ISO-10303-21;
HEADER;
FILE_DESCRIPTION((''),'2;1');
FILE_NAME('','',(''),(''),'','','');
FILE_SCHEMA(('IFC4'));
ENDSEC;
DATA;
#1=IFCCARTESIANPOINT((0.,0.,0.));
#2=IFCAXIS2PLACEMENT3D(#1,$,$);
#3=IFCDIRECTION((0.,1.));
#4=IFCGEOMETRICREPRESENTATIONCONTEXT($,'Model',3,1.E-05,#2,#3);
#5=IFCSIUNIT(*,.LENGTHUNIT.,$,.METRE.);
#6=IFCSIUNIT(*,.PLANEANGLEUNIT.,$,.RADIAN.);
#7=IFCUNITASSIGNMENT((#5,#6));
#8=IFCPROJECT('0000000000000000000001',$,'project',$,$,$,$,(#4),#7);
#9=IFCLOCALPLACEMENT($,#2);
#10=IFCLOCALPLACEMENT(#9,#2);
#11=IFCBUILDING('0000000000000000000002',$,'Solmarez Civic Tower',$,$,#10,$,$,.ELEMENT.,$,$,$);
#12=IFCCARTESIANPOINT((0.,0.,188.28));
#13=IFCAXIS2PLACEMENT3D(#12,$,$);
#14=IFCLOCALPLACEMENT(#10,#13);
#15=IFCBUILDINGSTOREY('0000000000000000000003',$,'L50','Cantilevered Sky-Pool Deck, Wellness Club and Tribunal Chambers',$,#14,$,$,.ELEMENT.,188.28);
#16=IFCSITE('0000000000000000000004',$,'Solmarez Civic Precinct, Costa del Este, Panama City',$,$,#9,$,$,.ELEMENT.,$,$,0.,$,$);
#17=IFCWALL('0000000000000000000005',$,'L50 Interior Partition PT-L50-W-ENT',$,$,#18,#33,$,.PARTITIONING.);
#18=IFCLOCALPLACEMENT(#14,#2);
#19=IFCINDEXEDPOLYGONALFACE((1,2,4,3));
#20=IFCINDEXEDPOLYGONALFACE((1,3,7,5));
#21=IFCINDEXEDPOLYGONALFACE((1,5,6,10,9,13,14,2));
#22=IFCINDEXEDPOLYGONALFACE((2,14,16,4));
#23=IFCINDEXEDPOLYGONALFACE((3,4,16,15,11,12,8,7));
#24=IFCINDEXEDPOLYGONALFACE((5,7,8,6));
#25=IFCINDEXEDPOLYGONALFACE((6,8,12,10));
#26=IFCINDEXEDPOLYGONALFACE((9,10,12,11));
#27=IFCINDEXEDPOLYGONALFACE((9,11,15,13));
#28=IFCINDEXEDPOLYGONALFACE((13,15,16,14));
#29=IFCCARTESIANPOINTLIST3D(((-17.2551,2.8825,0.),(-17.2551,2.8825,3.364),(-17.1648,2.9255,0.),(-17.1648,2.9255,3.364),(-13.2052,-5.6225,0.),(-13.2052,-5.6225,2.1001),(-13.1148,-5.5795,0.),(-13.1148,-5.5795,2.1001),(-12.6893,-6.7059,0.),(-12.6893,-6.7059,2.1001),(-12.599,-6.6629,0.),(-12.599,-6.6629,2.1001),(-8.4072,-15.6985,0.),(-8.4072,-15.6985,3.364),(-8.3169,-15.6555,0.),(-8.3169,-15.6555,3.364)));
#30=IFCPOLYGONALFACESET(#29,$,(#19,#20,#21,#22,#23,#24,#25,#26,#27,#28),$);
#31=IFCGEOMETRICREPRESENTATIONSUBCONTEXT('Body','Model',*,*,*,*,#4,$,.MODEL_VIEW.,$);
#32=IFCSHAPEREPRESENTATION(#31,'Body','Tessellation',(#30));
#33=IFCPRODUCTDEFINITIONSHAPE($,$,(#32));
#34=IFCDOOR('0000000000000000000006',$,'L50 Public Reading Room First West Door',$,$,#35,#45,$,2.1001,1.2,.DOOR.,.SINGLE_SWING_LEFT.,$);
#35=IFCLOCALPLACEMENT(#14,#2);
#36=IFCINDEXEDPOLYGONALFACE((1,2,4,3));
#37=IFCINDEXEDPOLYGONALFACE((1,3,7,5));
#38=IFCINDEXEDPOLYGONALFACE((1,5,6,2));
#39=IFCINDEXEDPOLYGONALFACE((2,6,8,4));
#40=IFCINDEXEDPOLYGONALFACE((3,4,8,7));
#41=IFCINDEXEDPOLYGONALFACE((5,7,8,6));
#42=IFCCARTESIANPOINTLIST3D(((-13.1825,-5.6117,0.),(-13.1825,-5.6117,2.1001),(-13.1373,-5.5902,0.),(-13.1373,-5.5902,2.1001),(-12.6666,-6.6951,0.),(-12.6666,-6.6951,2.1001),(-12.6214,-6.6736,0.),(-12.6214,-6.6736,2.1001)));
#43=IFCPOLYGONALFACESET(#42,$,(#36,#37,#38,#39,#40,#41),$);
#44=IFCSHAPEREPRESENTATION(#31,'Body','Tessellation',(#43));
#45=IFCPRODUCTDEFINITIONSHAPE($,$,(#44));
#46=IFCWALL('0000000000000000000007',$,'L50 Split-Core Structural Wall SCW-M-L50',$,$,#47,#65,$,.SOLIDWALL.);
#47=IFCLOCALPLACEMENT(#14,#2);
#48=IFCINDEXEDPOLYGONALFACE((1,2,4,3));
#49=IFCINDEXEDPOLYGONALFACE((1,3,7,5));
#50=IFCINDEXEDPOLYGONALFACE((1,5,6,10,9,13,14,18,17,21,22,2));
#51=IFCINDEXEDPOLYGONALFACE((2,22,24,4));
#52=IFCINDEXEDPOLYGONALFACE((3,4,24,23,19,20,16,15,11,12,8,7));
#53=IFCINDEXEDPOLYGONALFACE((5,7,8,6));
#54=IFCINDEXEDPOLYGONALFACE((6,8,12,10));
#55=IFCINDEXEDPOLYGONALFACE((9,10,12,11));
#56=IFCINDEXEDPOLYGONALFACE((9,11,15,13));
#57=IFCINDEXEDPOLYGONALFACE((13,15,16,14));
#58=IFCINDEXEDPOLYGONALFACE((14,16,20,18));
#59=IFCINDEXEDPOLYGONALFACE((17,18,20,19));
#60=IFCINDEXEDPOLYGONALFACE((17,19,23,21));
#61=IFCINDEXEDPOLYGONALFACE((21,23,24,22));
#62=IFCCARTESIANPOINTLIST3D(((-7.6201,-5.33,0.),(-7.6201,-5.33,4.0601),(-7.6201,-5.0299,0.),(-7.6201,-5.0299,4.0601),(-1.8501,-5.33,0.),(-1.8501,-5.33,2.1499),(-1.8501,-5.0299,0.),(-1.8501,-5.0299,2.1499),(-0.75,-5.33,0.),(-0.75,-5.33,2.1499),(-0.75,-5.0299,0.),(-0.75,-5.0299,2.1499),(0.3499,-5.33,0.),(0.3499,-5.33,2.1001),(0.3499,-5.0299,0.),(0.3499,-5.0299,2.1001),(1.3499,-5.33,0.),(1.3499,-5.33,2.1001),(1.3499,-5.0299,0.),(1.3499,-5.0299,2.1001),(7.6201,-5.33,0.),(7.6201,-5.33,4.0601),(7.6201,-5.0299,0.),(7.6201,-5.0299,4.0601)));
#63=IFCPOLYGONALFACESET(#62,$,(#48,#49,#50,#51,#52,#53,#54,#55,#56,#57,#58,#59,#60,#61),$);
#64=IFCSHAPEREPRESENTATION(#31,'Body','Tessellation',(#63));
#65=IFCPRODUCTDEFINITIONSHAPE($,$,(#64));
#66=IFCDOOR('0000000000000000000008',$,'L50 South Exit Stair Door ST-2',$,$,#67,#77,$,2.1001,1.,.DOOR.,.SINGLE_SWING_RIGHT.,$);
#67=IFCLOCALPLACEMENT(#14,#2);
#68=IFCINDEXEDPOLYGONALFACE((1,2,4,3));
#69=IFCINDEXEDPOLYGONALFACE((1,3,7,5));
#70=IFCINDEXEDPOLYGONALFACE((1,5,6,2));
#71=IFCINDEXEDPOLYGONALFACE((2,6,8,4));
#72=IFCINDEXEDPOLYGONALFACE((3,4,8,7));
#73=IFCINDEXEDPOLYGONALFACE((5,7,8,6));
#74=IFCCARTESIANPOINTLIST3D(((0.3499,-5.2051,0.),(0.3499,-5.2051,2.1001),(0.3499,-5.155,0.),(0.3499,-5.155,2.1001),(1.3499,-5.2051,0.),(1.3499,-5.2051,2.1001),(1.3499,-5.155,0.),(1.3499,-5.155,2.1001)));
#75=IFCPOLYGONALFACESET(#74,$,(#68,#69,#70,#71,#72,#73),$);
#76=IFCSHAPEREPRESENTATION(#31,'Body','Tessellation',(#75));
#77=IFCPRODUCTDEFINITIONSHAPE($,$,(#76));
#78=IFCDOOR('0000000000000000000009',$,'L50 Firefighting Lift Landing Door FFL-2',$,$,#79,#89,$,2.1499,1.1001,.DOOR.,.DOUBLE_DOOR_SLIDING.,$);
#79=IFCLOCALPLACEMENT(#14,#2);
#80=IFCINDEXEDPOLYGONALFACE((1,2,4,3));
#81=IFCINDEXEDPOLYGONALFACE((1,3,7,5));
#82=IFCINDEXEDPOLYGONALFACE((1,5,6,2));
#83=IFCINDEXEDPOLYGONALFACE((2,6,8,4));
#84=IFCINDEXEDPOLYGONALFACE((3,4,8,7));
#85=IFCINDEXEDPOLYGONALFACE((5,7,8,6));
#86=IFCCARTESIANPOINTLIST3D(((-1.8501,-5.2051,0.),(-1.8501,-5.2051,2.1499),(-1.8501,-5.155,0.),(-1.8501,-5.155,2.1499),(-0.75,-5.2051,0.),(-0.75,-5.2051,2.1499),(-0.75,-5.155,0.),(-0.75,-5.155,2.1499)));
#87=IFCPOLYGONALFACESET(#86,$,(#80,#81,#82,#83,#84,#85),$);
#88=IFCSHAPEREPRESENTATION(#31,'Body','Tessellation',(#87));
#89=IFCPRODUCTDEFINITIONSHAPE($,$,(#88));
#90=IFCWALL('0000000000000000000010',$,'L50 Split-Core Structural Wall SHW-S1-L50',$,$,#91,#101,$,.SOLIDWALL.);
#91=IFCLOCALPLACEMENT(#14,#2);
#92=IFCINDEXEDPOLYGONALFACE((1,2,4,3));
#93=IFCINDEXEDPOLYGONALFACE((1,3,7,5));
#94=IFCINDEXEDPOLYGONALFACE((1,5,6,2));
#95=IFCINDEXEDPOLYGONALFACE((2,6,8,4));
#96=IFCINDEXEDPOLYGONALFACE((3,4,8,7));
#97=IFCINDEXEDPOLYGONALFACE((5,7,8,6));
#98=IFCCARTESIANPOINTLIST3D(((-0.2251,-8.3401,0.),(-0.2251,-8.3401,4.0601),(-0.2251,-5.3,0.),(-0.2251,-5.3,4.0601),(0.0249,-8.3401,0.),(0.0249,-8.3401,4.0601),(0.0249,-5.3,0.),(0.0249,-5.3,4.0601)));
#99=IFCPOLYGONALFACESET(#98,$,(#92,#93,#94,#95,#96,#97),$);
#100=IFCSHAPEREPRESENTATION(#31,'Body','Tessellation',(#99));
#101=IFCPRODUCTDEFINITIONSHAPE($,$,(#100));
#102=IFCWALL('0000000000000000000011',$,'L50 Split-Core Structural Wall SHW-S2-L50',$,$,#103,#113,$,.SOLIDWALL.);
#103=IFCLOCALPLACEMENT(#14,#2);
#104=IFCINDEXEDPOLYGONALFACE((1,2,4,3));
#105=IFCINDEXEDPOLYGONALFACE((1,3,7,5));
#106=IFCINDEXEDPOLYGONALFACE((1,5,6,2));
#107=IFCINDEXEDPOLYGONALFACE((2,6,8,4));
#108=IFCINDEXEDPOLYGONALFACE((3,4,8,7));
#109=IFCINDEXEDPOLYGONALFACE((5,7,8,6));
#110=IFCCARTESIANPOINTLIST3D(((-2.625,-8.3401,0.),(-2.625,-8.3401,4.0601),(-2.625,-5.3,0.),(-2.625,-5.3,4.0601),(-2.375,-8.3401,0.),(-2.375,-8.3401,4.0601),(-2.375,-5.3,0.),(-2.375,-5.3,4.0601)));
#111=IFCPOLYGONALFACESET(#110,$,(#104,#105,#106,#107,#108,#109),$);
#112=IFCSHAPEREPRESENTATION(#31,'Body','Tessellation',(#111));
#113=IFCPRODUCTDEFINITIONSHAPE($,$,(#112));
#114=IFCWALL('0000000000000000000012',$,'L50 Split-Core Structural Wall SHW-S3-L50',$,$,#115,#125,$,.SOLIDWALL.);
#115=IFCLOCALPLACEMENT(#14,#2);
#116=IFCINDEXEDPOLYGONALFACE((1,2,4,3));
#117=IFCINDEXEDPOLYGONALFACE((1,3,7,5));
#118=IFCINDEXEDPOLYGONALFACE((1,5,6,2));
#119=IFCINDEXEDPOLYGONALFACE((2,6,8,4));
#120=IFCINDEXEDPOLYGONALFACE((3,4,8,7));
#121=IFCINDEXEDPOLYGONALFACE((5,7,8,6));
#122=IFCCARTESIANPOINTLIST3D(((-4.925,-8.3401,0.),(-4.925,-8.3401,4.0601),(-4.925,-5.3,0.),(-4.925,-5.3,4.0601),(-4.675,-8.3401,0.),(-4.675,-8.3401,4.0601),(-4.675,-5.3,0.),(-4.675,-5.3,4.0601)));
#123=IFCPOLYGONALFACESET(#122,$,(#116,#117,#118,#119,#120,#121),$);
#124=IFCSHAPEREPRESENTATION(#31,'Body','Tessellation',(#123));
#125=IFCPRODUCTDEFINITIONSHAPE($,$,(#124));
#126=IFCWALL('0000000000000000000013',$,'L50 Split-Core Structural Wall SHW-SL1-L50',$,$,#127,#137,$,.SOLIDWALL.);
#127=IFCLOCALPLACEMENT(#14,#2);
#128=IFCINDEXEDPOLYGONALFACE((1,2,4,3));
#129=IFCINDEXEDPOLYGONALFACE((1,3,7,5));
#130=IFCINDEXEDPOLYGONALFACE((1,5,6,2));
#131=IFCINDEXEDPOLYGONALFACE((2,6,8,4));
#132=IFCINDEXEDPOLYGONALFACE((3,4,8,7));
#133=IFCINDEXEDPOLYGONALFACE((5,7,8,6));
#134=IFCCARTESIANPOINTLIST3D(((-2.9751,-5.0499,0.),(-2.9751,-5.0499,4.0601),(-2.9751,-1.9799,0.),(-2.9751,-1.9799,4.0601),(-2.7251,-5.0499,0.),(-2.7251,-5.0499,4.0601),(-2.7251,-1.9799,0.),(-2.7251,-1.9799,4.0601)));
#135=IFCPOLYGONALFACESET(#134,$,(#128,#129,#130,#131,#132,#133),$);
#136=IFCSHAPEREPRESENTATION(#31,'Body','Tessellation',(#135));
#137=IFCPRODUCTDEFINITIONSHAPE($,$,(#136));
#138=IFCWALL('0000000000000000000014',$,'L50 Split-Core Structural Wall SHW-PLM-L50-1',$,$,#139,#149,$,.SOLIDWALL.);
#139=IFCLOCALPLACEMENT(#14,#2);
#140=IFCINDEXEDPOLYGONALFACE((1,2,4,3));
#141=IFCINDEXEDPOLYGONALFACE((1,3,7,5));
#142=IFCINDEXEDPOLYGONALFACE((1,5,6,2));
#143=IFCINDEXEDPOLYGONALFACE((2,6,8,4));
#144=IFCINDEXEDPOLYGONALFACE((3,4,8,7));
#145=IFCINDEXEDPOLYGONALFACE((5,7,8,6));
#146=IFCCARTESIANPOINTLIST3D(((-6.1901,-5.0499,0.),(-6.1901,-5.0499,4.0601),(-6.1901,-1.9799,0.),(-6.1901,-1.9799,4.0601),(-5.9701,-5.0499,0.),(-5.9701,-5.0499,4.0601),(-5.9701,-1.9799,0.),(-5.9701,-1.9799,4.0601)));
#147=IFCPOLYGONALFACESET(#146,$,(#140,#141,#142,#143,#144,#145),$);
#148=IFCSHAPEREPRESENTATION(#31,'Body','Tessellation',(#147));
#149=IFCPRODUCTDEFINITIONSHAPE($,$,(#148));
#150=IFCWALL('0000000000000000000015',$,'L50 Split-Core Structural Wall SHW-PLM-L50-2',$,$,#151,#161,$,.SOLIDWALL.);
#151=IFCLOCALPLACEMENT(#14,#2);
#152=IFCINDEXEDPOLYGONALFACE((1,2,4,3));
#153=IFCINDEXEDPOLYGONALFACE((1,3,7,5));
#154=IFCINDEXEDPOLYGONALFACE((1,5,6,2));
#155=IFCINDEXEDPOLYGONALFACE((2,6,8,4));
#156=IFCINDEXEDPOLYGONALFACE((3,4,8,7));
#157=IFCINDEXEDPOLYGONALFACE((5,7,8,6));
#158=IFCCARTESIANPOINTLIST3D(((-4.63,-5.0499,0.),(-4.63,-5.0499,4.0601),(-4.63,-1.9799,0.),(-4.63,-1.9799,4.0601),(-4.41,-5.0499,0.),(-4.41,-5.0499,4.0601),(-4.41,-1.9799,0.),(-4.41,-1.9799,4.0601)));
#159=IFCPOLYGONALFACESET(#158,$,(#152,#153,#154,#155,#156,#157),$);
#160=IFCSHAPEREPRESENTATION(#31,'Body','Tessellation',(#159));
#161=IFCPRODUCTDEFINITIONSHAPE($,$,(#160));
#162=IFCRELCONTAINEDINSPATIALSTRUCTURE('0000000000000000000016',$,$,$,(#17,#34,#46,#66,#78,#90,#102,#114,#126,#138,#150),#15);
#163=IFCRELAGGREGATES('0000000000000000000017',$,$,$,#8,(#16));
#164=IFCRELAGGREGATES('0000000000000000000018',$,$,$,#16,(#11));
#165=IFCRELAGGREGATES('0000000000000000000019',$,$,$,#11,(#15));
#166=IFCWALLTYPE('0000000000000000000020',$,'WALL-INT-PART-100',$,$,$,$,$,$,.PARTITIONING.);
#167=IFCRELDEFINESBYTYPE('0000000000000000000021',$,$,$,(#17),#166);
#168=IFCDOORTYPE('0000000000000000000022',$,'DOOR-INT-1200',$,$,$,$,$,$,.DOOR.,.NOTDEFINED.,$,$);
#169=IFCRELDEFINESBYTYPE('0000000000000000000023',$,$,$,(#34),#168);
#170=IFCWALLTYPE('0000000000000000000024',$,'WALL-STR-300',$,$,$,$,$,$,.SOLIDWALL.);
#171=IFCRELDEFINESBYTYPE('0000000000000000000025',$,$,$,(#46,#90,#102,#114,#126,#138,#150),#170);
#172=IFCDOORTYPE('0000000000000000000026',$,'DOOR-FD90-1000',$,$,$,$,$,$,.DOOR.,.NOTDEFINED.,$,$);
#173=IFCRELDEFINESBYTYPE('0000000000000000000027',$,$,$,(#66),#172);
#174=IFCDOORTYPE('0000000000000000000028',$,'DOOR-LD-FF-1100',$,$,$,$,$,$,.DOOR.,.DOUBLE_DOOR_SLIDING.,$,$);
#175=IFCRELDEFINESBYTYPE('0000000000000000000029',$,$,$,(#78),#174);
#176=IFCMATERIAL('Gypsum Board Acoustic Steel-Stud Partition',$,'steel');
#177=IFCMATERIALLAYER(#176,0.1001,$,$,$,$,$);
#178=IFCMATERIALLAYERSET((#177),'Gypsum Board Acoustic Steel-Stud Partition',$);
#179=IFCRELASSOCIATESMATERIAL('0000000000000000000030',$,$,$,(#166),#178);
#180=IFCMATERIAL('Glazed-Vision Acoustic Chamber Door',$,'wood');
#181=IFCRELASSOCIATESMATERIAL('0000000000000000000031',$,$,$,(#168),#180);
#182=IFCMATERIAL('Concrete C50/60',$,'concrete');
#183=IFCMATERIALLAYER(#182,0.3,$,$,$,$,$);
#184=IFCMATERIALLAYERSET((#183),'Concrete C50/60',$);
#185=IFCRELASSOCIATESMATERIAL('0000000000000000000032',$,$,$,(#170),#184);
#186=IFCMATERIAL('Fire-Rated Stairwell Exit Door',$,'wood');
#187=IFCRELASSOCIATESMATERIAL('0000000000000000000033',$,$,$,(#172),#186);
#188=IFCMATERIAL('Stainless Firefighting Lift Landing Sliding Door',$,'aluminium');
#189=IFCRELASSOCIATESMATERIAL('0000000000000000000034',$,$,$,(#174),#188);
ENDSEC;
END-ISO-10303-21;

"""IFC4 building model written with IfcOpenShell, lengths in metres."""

from ifc_helpers import new_model, si_unit, direction, frame, frame_2d, origin, place, context, subcontext, project, spatial, rectangle, extrude, material, layer, layer_set, type_object, element, fill, save


model = new_model("IFC4")

# Units and contexts
model_context = context("Model", 3, precision=1e-05, world=origin(), true_north=direction((0.0, 1.0)))
body_context = subcontext(model_context, "Body", "Model", "MODEL_VIEW")
ifc_project = project(units=[si_unit("LENGTHUNIT", "METRE"), si_unit("PLANEANGLEUNIT", "RADIAN")], contexts=[model_context])

# Site, building, storey
site_placement = place(None, origin())
site = spatial("IfcSite", under=ifc_project, at=site_placement, Name="Solmarez Civic Precinct, Costa del Este, Panama City", CompositionType="ELEMENT", RefElevation=0.0)
building_placement = place(site_placement, origin())
building = spatial("IfcBuilding", under=site, at=building_placement, Name="Solmarez Civic Tower", CompositionType="ELEMENT")
storey_placement = place(building_placement, frame((0.0, 0.0, 188.28)))
storey = spatial("IfcBuildingStorey", under=building, at=storey_placement, Name="L50", Description="Cantilevered Sky-Pool Deck, Wellness Club and Tribunal Chambers", CompositionType="ELEMENT", Elevation=188.28)

# Shared definitions
ifc_material_1 = material(Name="Concrete C50/60", Category="concrete")

# Shared definitions
ifc_material_2 = material(Name="Gypsum Board Acoustic Steel-Stud Partition", Category="steel")
ifc_layer_1 = layer(ifc_material_2, 0.1001)
ifc_layer_set_1 = layer_set([ifc_layer_1], Name="Gypsum Board Acoustic Steel-Stud Partition")
wall_type_1 = type_object("IfcWallType", Name="WALL-INT-PART-100", PredefinedType="PARTITIONING", material=ifc_layer_set_1)

# Wall, opening, door
wall_1_placement = place(storey_placement, frame((-8.3621, -15.677, 0.0), z_axis=(0.0, 0.0, 1.0), x_axis=(-0.429925, 0.902865, 0.0)))
wall_1 = element("IfcWall", 1, at=wall_1_placement, inside=storey, type_object=wall_type_1, Name="L50 Interior Partition PT-L50-W-ENT", PredefinedType="PARTITIONING", context=body_context, shape_type="SweptSolid", body=[
    extrude(rectangle(XDim=20.5801, YDim=0.1001, at=frame_2d((10.29, 0.0))), origin(), (0.0, 0.0, 1.0), 3.364),
])
opening_1_placement = place(wall_1_placement, frame((9.96, 0.0, 0.0)))
opening_1 = element("IfcOpeningElement", 2, at=opening_1_placement, cuts=wall_1, PredefinedType="OPENING", context=body_context, shape_type="SweptSolid", body=[
    extrude(rectangle(XDim=1.2, YDim=2.1001, at=frame_2d((0.6001, 1.05))), frame((0.0, 0.0601, 0.0), z_axis=(0.0, -1.0, 0.0), x_axis=(1.0, 0.0, 0.0)), (0.0, 0.0, 1.0), 0.1201),
])
ifc_material_3 = material(Name="Glazed-Vision Acoustic Chamber Door", Category="wood")
door_type_1 = type_object("IfcDoorType", Name="DOOR-INT-1200", OperationType="NOTDEFINED", PredefinedType="DOOR", material=ifc_material_3)
door_1_placement = place(opening_1_placement, origin())
door_1 = element("IfcDoor", 3, at=door_1_placement, inside=storey, type_object=door_type_1, Name="L50 Public Reading Room First West Door", OperationType="SINGLE_SWING_LEFT", OverallHeight=2.1001, OverallWidth=1.2, PredefinedType="DOOR", context=body_context, shape_type="SweptSolid", body=[
    extrude(rectangle(XDim=1.2, YDim=2.1001, at=frame_2d((0.6001, 1.05))), frame((0.0, 0.0249, 0.0), z_axis=(0.0, -1.0, 0.0), x_axis=(1.0, 0.0, 0.0)), (0.0, 0.0, 1.0), 0.05),
])
fill(opening_1, door_1)

# Wall, openings, doors
ifc_layer_2 = layer(ifc_material_1, 0.3)
ifc_layer_set_2 = layer_set([ifc_layer_2], Name="Concrete C50/60")
wall_type_2 = type_object("IfcWallType", Name="WALL-STR-300", PredefinedType="SOLIDWALL", material=ifc_layer_set_2)
wall_2_placement = place(storey_placement, frame((-7.6201, -5.1799, 0.0), z_axis=(0.0, 0.0, 1.0), x_axis=(1.0, 0.0, 0.0)))
wall_2 = element("IfcWall", 4, at=wall_2_placement, inside=storey, type_object=wall_type_2, Name="L50 Split-Core Structural Wall SCW-M-L50", PredefinedType="SOLIDWALL", context=body_context, shape_type="SweptSolid", body=[
    extrude(rectangle(XDim=15.2402, YDim=0.3, at=frame_2d((7.6201, 0.0))), origin(), (0.0, 0.0, 1.0), 4.0601),
])
opening_2_placement = place(wall_2_placement, frame((5.77, 0.0, 0.0)))
opening_2 = element("IfcOpeningElement", 5, at=opening_2_placement, cuts=wall_2, PredefinedType="OPENING", context=body_context, shape_type="SweptSolid", body=[
    extrude(rectangle(XDim=1.1001, YDim=2.1499, at=frame_2d((0.55, 1.075))), frame((0.0, 0.1599, 0.0), z_axis=(0.0, -1.0, 0.0), x_axis=(1.0, 0.0, 0.0)), (0.0, 0.0, 1.0), 0.3201),
])
opening_3_placement = place(wall_2_placement, frame((7.97, 0.0, 0.0)))
opening_3 = element("IfcOpeningElement", 6, at=opening_3_placement, cuts=wall_2, PredefinedType="OPENING", context=body_context, shape_type="SweptSolid", body=[
    extrude(rectangle(XDim=1.0, YDim=2.1001, at=frame_2d((0.5, 1.05))), frame((0.0, 0.1599, 0.0), z_axis=(0.0, -1.0, 0.0), x_axis=(1.0, 0.0, 0.0)), (0.0, 0.0, 1.0), 0.3201),
])
ifc_material_4 = material(Name="Fire-Rated Stairwell Exit Door", Category="wood")
door_type_2 = type_object("IfcDoorType", Name="DOOR-FD90-1000", OperationType="NOTDEFINED", PredefinedType="DOOR", material=ifc_material_4)
door_2_placement = place(opening_3_placement, origin())
door_2 = element("IfcDoor", 7, at=door_2_placement, inside=storey, type_object=door_type_2, Name="L50 South Exit Stair Door ST-2", OperationType="SINGLE_SWING_RIGHT", OverallHeight=2.1001, OverallWidth=1.0, PredefinedType="DOOR", context=body_context, shape_type="SweptSolid", body=[
    extrude(rectangle(XDim=1.0, YDim=2.1001, at=frame_2d((0.5, 1.05))), frame((0.0, 0.0249, 0.0), z_axis=(0.0, -1.0, 0.0), x_axis=(1.0, 0.0, 0.0)), (0.0, 0.0, 1.0), 0.05),
])
fill(opening_3, door_2)
ifc_material_5 = material(Name="Stainless Firefighting Lift Landing Sliding Door", Category="aluminium")
door_type_3 = type_object("IfcDoorType", Name="DOOR-LD-FF-1100", OperationType="DOUBLE_DOOR_SLIDING", PredefinedType="DOOR", material=ifc_material_5)
door_3_placement = place(opening_2_placement, origin())
door_3 = element("IfcDoor", 8, at=door_3_placement, inside=storey, type_object=door_type_3, Name="L50 Firefighting Lift Landing Door FFL-2", OperationType="DOUBLE_DOOR_SLIDING", OverallHeight=2.1499, OverallWidth=1.1001, PredefinedType="DOOR", context=body_context, shape_type="SweptSolid", body=[
    extrude(rectangle(XDim=1.1001, YDim=2.1499, at=frame_2d((0.55, 1.075))), frame((0.0, 0.0249, 0.0), z_axis=(0.0, -1.0, 0.0), x_axis=(1.0, 0.0, 0.0)), (0.0, 0.0, 1.0), 0.05),
])
fill(opening_2, door_3)

# Walls
for number, where, z_axis, x_axis, name in (
    (9, (-0.1001, -8.3401, 0.0), (0.0, 0.0, 1.0), (0.0, 1.0, 0.0), "L50 Split-Core Structural Wall SHW-S1-L50"),
    (10, (-2.5, -8.3401, 0.0), (0.0, 0.0, 1.0), (0.0, 1.0, 0.0), "L50 Split-Core Structural Wall SHW-S2-L50"),
    (11, (-4.8, -8.3401, 0.0), (0.0, 0.0, 1.0), (0.0, 1.0, 0.0), "L50 Split-Core Structural Wall SHW-S3-L50"),
):
    element("IfcWall", number, at=place(storey_placement, frame(where, z_axis=z_axis, x_axis=x_axis)), inside=storey, type_object=wall_type_2, Name=name, PredefinedType="SOLIDWALL", context=body_context, shape_type="SweptSolid", body=[
        extrude(rectangle(XDim=3.04, YDim=0.25, at=frame_2d((1.52, 0.0))), origin(), (0.0, 0.0, 1.0), 4.0601),
    ])
wall_3_placement = place(storey_placement, frame((-2.8501, -5.05, 0.0), z_axis=(0.0, 0.0, 1.0), x_axis=(0.0, 1.0, 0.0)))
element("IfcWall", 12, at=wall_3_placement, inside=storey, type_object=wall_type_2, Name="L50 Split-Core Structural Wall SHW-SL1-L50", PredefinedType="SOLIDWALL", context=body_context, shape_type="SweptSolid", body=[
    extrude(rectangle(XDim=3.0701, YDim=0.25, at=frame_2d((1.5352, 0.0))), origin(), (0.0, 0.0, 1.0), 4.0601),
])
for number, where, z_axis, x_axis, name in (
    (13, (-6.0801, -5.05, 0.0), (0.0, 0.0, 1.0), (0.0, 1.0, 0.0), "L50 Split-Core Structural Wall SHW-PLM-L50-1"),
    (14, (-4.52, -5.05, 0.0), (0.0, 0.0, 1.0), (0.0, 1.0, 0.0), "L50 Split-Core Structural Wall SHW-PLM-L50-2"),
):
    element("IfcWall", number, at=place(storey_placement, frame(where, z_axis=z_axis, x_axis=x_axis)), inside=storey, type_object=wall_type_2, Name=name, PredefinedType="SOLIDWALL", context=body_context, shape_type="SweptSolid", body=[
        extrude(rectangle(XDim=3.0701, YDim=0.22, at=frame_2d((1.5352, 0.0))), origin(), (0.0, 0.0, 1.0), 4.0601),
    ])

save(model, "model.ifc")
